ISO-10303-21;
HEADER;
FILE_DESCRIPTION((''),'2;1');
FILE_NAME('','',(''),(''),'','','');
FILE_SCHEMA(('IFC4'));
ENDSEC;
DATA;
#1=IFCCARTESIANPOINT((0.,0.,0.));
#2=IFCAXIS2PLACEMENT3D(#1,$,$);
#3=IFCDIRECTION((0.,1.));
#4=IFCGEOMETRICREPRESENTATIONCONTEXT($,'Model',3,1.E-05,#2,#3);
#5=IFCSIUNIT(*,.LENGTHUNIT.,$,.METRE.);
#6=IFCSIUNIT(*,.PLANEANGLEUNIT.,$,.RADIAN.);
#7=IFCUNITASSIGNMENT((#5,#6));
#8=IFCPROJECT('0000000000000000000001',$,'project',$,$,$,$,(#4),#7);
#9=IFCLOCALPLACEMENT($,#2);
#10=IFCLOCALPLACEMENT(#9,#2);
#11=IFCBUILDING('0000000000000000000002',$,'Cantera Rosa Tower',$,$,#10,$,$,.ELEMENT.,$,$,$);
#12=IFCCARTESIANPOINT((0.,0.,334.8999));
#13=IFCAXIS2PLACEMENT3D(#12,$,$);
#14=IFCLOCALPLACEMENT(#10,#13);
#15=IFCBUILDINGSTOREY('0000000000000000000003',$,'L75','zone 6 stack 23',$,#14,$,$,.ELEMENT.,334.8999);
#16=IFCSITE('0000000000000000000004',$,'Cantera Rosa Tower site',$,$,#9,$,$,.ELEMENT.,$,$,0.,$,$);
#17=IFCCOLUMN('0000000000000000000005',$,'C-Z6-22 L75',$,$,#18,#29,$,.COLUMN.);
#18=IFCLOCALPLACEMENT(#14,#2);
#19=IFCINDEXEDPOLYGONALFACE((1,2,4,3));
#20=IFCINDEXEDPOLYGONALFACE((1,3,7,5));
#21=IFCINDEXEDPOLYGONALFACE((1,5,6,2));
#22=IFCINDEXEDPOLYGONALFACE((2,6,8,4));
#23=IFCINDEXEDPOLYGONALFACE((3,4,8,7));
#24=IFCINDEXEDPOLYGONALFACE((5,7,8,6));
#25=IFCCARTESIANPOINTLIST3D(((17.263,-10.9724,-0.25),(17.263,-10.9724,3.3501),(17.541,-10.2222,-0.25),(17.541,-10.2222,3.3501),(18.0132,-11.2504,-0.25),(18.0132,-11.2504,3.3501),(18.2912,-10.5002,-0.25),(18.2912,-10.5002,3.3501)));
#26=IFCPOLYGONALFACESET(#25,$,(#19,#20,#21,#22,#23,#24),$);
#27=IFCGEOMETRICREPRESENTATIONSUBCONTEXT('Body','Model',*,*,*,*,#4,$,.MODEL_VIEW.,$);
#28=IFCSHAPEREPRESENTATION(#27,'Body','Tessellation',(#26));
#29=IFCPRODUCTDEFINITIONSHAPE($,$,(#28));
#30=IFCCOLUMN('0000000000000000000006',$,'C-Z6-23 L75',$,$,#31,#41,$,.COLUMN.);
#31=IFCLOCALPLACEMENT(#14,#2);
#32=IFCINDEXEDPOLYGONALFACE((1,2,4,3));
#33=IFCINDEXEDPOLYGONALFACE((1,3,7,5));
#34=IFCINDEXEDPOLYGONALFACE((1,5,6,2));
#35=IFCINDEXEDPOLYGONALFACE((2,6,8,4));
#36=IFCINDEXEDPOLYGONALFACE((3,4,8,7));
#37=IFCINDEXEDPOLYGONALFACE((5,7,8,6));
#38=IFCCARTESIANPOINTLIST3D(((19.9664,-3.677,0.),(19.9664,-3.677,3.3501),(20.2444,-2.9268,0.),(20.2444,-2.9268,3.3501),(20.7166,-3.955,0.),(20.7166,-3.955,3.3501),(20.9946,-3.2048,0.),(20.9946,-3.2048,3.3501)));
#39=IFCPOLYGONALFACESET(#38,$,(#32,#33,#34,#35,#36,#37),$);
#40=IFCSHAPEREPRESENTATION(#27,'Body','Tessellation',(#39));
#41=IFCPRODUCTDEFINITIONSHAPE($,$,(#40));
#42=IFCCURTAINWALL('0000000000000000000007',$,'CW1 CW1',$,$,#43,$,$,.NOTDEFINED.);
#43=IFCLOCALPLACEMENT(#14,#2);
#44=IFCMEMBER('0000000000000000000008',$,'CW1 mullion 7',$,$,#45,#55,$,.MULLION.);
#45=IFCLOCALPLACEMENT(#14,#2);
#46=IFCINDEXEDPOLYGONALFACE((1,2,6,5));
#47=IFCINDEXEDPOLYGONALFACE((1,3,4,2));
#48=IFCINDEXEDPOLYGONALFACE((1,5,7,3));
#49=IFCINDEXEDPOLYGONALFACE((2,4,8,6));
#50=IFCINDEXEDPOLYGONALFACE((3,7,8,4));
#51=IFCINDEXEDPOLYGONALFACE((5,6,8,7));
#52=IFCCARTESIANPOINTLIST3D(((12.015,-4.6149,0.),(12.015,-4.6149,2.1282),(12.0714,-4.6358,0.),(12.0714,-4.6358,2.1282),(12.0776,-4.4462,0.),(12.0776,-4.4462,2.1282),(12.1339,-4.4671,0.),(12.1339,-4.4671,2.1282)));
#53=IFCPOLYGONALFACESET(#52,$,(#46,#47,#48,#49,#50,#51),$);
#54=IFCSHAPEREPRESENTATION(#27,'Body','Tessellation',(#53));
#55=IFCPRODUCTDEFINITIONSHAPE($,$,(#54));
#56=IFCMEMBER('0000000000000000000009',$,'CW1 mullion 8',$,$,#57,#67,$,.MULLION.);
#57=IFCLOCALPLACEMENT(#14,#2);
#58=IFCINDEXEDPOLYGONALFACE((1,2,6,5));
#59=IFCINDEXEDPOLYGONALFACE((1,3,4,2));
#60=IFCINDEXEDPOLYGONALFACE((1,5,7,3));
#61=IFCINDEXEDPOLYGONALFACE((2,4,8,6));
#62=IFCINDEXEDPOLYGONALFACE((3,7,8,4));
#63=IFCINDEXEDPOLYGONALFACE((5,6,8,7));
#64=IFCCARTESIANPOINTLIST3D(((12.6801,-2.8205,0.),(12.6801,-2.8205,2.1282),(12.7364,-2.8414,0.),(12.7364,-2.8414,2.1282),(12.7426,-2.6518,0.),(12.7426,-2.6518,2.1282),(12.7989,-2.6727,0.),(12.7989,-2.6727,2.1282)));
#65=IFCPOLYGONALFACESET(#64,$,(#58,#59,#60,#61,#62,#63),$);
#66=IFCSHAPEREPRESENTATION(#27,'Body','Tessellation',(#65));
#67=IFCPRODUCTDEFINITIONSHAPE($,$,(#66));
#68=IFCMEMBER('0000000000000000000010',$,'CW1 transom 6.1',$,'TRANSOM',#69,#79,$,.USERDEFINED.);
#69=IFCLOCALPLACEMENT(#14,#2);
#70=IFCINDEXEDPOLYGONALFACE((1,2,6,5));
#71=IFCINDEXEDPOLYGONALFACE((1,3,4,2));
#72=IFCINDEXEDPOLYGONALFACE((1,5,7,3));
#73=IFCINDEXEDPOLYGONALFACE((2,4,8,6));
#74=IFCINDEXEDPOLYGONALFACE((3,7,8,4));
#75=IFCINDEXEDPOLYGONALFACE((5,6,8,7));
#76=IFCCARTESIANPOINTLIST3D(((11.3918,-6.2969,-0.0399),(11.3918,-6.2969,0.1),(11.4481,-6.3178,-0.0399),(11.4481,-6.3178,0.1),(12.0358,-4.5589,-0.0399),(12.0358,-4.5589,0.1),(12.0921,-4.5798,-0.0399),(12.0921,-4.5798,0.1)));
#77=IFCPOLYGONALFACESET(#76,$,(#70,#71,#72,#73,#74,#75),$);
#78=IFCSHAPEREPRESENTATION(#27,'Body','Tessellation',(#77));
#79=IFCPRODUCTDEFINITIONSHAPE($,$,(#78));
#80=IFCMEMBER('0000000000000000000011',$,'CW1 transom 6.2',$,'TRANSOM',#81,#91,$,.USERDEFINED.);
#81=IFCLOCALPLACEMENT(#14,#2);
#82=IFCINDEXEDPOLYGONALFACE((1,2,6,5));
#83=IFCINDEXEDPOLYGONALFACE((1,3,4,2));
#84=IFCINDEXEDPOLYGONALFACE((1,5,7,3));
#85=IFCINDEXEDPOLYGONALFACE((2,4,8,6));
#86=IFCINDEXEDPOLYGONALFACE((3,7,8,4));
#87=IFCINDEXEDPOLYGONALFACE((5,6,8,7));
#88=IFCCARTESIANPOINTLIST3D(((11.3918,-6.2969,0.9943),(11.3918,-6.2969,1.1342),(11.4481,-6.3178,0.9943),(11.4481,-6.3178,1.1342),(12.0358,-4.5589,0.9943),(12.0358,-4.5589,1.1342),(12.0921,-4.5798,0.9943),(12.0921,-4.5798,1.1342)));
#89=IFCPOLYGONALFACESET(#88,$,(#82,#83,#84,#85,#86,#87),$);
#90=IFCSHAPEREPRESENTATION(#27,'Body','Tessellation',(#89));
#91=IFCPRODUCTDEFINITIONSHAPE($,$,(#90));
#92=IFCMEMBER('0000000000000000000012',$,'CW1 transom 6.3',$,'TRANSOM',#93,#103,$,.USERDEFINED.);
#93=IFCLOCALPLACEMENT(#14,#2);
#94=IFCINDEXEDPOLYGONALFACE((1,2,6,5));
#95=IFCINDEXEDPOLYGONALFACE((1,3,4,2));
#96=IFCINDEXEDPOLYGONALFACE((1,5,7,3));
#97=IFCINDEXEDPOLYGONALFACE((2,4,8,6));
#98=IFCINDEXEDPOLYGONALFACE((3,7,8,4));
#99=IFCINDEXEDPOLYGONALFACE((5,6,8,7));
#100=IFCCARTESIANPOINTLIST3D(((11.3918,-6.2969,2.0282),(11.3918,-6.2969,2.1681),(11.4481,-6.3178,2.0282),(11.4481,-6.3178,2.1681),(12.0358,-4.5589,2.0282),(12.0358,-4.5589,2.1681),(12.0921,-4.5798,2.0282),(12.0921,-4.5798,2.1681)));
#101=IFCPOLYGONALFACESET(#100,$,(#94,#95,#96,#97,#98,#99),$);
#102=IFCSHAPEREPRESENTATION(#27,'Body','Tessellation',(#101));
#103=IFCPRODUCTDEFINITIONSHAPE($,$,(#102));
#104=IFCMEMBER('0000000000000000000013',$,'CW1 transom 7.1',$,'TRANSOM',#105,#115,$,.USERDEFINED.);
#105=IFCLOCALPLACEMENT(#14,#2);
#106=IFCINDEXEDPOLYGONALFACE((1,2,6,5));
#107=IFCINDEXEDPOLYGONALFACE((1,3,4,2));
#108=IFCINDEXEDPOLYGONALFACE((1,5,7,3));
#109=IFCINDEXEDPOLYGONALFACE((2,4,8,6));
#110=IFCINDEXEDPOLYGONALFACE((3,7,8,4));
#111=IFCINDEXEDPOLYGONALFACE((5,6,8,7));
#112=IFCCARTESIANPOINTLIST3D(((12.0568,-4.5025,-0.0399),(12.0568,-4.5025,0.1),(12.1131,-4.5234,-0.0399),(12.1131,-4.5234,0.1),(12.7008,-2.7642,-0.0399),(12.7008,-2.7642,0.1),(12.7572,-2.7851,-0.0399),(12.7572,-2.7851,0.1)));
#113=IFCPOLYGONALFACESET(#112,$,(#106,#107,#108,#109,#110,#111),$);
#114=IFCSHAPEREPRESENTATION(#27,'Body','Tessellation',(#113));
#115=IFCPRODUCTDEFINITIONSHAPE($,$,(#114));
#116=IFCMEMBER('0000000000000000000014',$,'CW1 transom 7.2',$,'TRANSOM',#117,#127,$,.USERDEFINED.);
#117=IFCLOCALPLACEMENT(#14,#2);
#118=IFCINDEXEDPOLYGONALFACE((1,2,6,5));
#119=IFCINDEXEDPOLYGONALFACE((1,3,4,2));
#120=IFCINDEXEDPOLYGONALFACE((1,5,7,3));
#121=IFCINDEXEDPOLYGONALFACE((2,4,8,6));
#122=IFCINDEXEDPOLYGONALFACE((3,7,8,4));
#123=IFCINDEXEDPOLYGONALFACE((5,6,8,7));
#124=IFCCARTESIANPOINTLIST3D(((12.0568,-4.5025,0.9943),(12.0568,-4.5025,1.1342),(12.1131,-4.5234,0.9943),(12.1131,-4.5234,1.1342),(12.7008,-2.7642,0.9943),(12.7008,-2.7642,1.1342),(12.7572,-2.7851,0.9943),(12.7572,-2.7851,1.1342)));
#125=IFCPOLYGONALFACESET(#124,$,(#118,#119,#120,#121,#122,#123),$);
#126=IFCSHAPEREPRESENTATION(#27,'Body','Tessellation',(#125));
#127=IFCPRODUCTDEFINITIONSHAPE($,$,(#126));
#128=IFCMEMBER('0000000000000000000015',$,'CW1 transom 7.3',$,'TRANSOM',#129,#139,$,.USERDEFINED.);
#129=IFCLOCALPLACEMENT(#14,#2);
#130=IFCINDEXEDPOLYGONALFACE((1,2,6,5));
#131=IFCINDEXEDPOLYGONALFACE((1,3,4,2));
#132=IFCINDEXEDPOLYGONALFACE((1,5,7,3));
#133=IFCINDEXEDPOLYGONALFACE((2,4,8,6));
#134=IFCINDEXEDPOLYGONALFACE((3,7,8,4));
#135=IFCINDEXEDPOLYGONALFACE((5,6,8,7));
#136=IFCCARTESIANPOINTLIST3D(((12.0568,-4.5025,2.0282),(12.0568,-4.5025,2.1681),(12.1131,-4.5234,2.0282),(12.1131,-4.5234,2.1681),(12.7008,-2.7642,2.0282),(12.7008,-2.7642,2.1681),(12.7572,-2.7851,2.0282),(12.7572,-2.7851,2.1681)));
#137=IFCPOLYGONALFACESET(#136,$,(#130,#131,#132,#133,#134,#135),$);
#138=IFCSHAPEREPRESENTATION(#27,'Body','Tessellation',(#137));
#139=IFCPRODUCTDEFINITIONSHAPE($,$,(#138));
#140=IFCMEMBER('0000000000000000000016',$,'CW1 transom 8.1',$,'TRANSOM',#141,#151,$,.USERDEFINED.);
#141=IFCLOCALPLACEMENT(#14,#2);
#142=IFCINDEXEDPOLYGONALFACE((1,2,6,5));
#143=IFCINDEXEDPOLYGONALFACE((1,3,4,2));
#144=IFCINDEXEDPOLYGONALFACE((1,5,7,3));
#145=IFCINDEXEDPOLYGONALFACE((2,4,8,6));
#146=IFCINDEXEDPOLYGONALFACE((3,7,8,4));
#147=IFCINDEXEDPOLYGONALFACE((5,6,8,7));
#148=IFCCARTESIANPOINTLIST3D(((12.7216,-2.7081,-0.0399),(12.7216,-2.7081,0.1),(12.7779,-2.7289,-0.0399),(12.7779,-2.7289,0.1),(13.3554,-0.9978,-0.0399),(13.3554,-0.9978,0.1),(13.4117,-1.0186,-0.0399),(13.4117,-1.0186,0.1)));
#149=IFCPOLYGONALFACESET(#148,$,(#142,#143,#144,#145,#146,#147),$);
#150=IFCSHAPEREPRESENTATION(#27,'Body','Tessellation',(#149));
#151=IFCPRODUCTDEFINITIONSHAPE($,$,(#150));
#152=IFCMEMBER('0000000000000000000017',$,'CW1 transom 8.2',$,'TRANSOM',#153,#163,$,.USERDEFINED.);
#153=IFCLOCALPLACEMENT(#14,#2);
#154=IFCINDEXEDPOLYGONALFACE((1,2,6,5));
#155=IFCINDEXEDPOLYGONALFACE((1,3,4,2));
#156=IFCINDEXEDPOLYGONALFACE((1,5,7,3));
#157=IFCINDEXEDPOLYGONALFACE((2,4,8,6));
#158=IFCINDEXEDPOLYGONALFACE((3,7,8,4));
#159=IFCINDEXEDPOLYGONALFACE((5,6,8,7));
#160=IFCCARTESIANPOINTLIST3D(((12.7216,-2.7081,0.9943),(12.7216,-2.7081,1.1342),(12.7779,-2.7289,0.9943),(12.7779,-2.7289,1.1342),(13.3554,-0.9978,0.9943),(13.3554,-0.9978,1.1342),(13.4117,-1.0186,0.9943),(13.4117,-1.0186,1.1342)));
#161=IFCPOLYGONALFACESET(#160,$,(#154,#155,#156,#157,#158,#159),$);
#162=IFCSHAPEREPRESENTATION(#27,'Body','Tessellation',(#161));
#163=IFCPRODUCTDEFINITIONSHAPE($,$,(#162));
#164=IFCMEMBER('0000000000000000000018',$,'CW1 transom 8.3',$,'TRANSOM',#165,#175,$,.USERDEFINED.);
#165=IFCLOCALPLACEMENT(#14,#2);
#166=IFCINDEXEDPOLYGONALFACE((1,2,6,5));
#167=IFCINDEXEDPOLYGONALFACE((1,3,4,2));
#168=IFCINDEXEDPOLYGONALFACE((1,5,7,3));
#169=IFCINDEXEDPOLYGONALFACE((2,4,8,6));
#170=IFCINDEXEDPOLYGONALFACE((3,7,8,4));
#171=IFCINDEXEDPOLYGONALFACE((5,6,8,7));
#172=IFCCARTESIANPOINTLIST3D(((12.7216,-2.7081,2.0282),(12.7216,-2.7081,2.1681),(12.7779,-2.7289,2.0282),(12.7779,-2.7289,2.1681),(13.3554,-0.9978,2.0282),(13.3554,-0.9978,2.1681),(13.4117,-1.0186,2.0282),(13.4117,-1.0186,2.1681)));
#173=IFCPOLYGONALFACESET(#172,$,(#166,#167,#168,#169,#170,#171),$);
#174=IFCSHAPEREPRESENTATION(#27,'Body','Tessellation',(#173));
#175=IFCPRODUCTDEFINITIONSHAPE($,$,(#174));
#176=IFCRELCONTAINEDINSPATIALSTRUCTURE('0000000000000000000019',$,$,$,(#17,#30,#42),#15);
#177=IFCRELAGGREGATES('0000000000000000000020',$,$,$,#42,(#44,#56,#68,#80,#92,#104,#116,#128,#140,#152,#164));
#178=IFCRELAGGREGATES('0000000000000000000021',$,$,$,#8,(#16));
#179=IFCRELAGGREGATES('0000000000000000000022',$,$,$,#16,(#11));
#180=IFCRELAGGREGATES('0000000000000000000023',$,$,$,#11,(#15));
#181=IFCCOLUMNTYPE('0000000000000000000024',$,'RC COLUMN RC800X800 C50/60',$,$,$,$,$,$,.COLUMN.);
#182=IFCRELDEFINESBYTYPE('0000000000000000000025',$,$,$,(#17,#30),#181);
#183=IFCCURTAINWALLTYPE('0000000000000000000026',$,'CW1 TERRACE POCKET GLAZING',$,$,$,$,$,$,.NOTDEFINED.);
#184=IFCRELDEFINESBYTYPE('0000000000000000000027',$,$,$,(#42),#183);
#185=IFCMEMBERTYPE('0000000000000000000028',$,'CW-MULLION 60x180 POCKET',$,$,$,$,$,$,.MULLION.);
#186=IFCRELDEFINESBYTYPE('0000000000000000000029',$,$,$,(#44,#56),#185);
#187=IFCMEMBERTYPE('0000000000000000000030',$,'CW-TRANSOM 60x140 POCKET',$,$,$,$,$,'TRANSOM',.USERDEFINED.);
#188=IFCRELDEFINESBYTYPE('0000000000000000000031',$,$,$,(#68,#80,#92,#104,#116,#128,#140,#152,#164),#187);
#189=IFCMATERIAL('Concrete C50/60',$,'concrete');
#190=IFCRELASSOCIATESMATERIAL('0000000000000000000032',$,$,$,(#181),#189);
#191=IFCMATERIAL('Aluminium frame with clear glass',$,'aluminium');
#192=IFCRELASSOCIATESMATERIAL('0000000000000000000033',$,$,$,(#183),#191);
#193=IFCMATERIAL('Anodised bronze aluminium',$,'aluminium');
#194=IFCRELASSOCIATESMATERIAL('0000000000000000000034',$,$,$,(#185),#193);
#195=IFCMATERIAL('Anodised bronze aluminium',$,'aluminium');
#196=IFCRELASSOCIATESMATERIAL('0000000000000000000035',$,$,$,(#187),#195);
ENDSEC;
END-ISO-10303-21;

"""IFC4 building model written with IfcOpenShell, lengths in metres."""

from ifc_helpers import new_model, si_unit, direction, frame, origin, origin_2d, place, context, subcontext, project, spatial, rectangle, extrude, material, material_profile, profile_set, type_object, element, aggregate, save


model = new_model("IFC4")

# Units and contexts
model_context = context("Model", 3, precision=1e-05, world=origin(), true_north=direction((0.0, 1.0)))
body_context = subcontext(model_context, "Body", "Model", "MODEL_VIEW")
ifc_project = project(units=[si_unit("LENGTHUNIT", "METRE"), si_unit("PLANEANGLEUNIT", "RADIAN")], contexts=[model_context])

# Site, building, storey
site_placement = place(None, origin())
site = spatial("IfcSite", under=ifc_project, at=site_placement, Name="Cantera Rosa Tower site", CompositionType="ELEMENT", RefElevation=0.0)
building_placement = place(site_placement, origin())
building = spatial("IfcBuilding", under=site, at=building_placement, Name="Cantera Rosa Tower", CompositionType="ELEMENT")
storey_placement = place(building_placement, frame((0.0, 0.0, 334.8999)))
storey = spatial("IfcBuildingStorey", under=building, at=storey_placement, Name="L75", Description="zone 6 stack 23", CompositionType="ELEMENT", Elevation=334.8999)

# Columns
ifc_material_1 = material(Name="Concrete C50/60", Category="concrete")
ifc_material_profile_1 = material_profile(ifc_material_1, rectangle(XDim=0.8, YDim=0.8, at=origin_2d()), Name="RC COLUMN RC800X800 C50/60")
ifc_profile_set_1 = profile_set([ifc_material_profile_1], Name="Concrete C50/60")
column_type = type_object("IfcColumnType", Name="RC COLUMN RC800X800 C50/60", PredefinedType="COLUMN", material=ifc_profile_set_1)
column_1_placement = place(storey_placement, frame((17.7771, -10.7363, -0.25), z_axis=(0.0, 0.0, 1.0), x_axis=(0.347481, 0.937687, 0.0)))
element("IfcColumn", 1, at=column_1_placement, inside=storey, type_object=column_type, Name="C-Z6-22 L75", PredefinedType="COLUMN", context=body_context, shape_type="SweptSolid", body=[
    extrude(rectangle(XDim=0.8, YDim=0.8, at=origin_2d()), origin(), (0.0, 0.0, 1.0), 3.6001),
])
column_2_placement = place(storey_placement, frame((20.4805, -3.4409, 0.0), z_axis=(0.0, 0.0, 1.0), x_axis=(0.347481, 0.937687, 0.0)))
element("IfcColumn", 2, at=column_2_placement, inside=storey, type_object=column_type, Name="C-Z6-23 L75", PredefinedType="COLUMN", context=body_context, shape_type="SweptSolid", body=[
    extrude(rectangle(XDim=0.8, YDim=0.8, at=origin_2d()), origin(), (0.0, 0.0, 1.0), 3.3501),
])

# Curtain wall, members
ifc_material_2 = material(Name="Aluminium frame with clear glass", Category="aluminium")
curtain_wall_type = type_object("IfcCurtainWallType", Name="CW1 TERRACE POCKET GLAZING", PredefinedType="NOTDEFINED", material=ifc_material_2)
curtain_wall_placement = place(storey_placement, origin())
curtain_wall = element("IfcCurtainWall", 3, at=curtain_wall_placement, inside=storey, type_object=curtain_wall_type, Name="CW1 CW1", PredefinedType="NOTDEFINED")
ifc_material_3 = material(Name="Anodised bronze aluminium", Category="aluminium")
ifc_material_profile_2 = material_profile(ifc_material_3, rectangle(XDim=0.0601, YDim=0.1799, at=origin_2d()), Name="CW-MULLION 60x180 POCKET")
ifc_profile_set_2 = profile_set([ifc_material_profile_2], Name="Anodised bronze aluminium")
member_type_1 = type_object("IfcMemberType", Name="CW-MULLION 60x180 POCKET", PredefinedType="MULLION", material=ifc_profile_set_2)
member_1_placement = place(storey_placement, frame((12.0745, -4.541, 0.0), z_axis=(0.0, 0.0, 1.0), x_axis=(-0.937687, 0.347481, 0.0)))
member_1 = element("IfcMember", 4, at=member_1_placement, type_object=member_type_1, Name="CW1 mullion 7", PredefinedType="MULLION", context=body_context, shape_type="SweptSolid", body=[
    extrude(rectangle(XDim=0.0601, YDim=0.1799, at=origin_2d()), origin(), (0.0, 0.0, 1.0), 2.1282),
])
member_2_placement = place(storey_placement, frame((12.7395, -2.7466, 0.0), z_axis=(0.0, 0.0, 1.0), x_axis=(-0.937687, 0.347481, 0.0)))
member_2 = element("IfcMember", 5, at=member_2_placement, type_object=member_type_1, Name="CW1 mullion 8", PredefinedType="MULLION", context=body_context, shape_type="SweptSolid", body=[
    extrude(rectangle(XDim=0.0601, YDim=0.1799, at=origin_2d()), origin(), (0.0, 0.0, 1.0), 2.1282),
])
ifc_material_4 = material(Name="Anodised bronze aluminium", Category="aluminium")
ifc_material_profile_3 = material_profile(ifc_material_4, rectangle(XDim=0.0601, YDim=0.1399, at=origin_2d()), Name="CW-TRANSOM 60x140 POCKET")
ifc_profile_set_3 = profile_set([ifc_material_profile_3], Name="Anodised bronze aluminium")
member_type_2 = type_object("IfcMemberType", Name="CW-TRANSOM 60x140 POCKET", ElementType="TRANSOM", PredefinedType="USERDEFINED", material=ifc_profile_set_3)
member_3_placement = place(storey_placement, frame((11.4199, -6.3074, 0.03), z_axis=(0.347469, 0.937692, 0.0), x_axis=(-0.937692, 0.347469, 0.0)))
member_3 = element("IfcMember", 6, at=member_3_placement, type_object=member_type_2, Name="CW1 transom 6.1", ObjectType="TRANSOM", PredefinedType="USERDEFINED", context=body_context, shape_type="SweptSolid", body=[
    extrude(rectangle(XDim=0.0601, YDim=0.1399, at=origin_2d()), origin(), (0.0, 0.0, 1.0), 1.8535),
])
member_4_placement = place(storey_placement, frame((11.4199, -6.3074, 1.0642), z_axis=(0.347469, 0.937692, 0.0), x_axis=(-0.937692, 0.347469, 0.0)))
member_4 = element("IfcMember", 7, at=member_4_placement, type_object=member_type_2, Name="CW1 transom 6.2", ObjectType="TRANSOM", PredefinedType="USERDEFINED", context=body_context, shape_type="SweptSolid", body=[
    extrude(rectangle(XDim=0.0601, YDim=0.1399, at=origin_2d()), origin(), (0.0, 0.0, 1.0), 1.8535),
])
member_5_placement = place(storey_placement, frame((11.4199, -6.3074, 2.0981), z_axis=(0.347469, 0.937692, 0.0), x_axis=(-0.937692, 0.347469, 0.0)))
member_5 = element("IfcMember", 8, at=member_5_placement, type_object=member_type_2, Name="CW1 transom 6.3", ObjectType="TRANSOM", PredefinedType="USERDEFINED", context=body_context, shape_type="SweptSolid", body=[
    extrude(rectangle(XDim=0.0601, YDim=0.1399, at=origin_2d()), origin(), (0.0, 0.0, 1.0), 1.8535),
])
member_6_placement = place(storey_placement, frame((12.085, -4.5129, 0.03), z_axis=(0.347426, 0.937707, 0.0), x_axis=(-0.937707, 0.347426, 0.0)))
member_6 = element("IfcMember", 9, at=member_6_placement, type_object=member_type_2, Name="CW1 transom 7.1", ObjectType="TRANSOM", PredefinedType="USERDEFINED", context=body_context, shape_type="SweptSolid", body=[
    extrude(rectangle(XDim=0.0601, YDim=0.1399, at=origin_2d()), origin(), (0.0, 0.0, 1.0), 1.8538),
])
member_7_placement = place(storey_placement, frame((12.085, -4.5129, 1.0642), z_axis=(0.347426, 0.937707, 0.0), x_axis=(-0.937707, 0.347426, 0.0)))
member_7 = element("IfcMember", 10, at=member_7_placement, type_object=member_type_2, Name="CW1 transom 7.2", ObjectType="TRANSOM", PredefinedType="USERDEFINED", context=body_context, shape_type="SweptSolid", body=[
    extrude(rectangle(XDim=0.0601, YDim=0.1399, at=origin_2d()), origin(), (0.0, 0.0, 1.0), 1.8538),
])
member_8_placement = place(storey_placement, frame((12.085, -4.5129, 2.0981), z_axis=(0.347426, 0.937707, 0.0), x_axis=(-0.937707, 0.347426, 0.0)))
member_8 = element("IfcMember", 11, at=member_8_placement, type_object=member_type_2, Name="CW1 transom 7.3", ObjectType="TRANSOM", PredefinedType="USERDEFINED", context=body_context, shape_type="SweptSolid", body=[
    extrude(rectangle(XDim=0.0601, YDim=0.1399, at=origin_2d()), origin(), (0.0, 0.0, 1.0), 1.8538),
])
member_9_placement = place(storey_placement, frame((12.7498, -2.7185, 0.03), z_axis=(0.347497, 0.937681, 0.0), x_axis=(-0.937681, 0.347497, 0.0)))
member_9 = element("IfcMember", 12, at=member_9_placement, type_object=member_type_2, Name="CW1 transom 8.1", ObjectType="TRANSOM", PredefinedType="USERDEFINED", context=body_context, shape_type="SweptSolid", body=[
    extrude(rectangle(XDim=0.0601, YDim=0.1399, at=origin_2d()), origin(), (0.0, 0.0, 1.0), 1.824),
])
member_10_placement = place(storey_placement, frame((12.7498, -2.7185, 1.0642), z_axis=(0.347497, 0.937681, 0.0), x_axis=(-0.937681, 0.347497, 0.0)))
member_10 = element("IfcMember", 13, at=member_10_placement, type_object=member_type_2, Name="CW1 transom 8.2", ObjectType="TRANSOM", PredefinedType="USERDEFINED", context=body_context, shape_type="SweptSolid", body=[
    extrude(rectangle(XDim=0.0601, YDim=0.1399, at=origin_2d()), origin(), (0.0, 0.0, 1.0), 1.824),
])
member_11_placement = place(storey_placement, frame((12.7498, -2.7185, 2.0981), z_axis=(0.347497, 0.937681, 0.0), x_axis=(-0.937681, 0.347497, 0.0)))
member_11 = element("IfcMember", 14, at=member_11_placement, type_object=member_type_2, Name="CW1 transom 8.3", ObjectType="TRANSOM", PredefinedType="USERDEFINED", context=body_context, shape_type="SweptSolid", body=[
    extrude(rectangle(XDim=0.0601, YDim=0.1399, at=origin_2d()), origin(), (0.0, 0.0, 1.0), 1.824),
])

aggregate(curtain_wall, [member_1, member_2, member_3, member_4, member_5, member_6, member_7, member_8, member_9, member_10, member_11])

save(model, "model.ifc")
